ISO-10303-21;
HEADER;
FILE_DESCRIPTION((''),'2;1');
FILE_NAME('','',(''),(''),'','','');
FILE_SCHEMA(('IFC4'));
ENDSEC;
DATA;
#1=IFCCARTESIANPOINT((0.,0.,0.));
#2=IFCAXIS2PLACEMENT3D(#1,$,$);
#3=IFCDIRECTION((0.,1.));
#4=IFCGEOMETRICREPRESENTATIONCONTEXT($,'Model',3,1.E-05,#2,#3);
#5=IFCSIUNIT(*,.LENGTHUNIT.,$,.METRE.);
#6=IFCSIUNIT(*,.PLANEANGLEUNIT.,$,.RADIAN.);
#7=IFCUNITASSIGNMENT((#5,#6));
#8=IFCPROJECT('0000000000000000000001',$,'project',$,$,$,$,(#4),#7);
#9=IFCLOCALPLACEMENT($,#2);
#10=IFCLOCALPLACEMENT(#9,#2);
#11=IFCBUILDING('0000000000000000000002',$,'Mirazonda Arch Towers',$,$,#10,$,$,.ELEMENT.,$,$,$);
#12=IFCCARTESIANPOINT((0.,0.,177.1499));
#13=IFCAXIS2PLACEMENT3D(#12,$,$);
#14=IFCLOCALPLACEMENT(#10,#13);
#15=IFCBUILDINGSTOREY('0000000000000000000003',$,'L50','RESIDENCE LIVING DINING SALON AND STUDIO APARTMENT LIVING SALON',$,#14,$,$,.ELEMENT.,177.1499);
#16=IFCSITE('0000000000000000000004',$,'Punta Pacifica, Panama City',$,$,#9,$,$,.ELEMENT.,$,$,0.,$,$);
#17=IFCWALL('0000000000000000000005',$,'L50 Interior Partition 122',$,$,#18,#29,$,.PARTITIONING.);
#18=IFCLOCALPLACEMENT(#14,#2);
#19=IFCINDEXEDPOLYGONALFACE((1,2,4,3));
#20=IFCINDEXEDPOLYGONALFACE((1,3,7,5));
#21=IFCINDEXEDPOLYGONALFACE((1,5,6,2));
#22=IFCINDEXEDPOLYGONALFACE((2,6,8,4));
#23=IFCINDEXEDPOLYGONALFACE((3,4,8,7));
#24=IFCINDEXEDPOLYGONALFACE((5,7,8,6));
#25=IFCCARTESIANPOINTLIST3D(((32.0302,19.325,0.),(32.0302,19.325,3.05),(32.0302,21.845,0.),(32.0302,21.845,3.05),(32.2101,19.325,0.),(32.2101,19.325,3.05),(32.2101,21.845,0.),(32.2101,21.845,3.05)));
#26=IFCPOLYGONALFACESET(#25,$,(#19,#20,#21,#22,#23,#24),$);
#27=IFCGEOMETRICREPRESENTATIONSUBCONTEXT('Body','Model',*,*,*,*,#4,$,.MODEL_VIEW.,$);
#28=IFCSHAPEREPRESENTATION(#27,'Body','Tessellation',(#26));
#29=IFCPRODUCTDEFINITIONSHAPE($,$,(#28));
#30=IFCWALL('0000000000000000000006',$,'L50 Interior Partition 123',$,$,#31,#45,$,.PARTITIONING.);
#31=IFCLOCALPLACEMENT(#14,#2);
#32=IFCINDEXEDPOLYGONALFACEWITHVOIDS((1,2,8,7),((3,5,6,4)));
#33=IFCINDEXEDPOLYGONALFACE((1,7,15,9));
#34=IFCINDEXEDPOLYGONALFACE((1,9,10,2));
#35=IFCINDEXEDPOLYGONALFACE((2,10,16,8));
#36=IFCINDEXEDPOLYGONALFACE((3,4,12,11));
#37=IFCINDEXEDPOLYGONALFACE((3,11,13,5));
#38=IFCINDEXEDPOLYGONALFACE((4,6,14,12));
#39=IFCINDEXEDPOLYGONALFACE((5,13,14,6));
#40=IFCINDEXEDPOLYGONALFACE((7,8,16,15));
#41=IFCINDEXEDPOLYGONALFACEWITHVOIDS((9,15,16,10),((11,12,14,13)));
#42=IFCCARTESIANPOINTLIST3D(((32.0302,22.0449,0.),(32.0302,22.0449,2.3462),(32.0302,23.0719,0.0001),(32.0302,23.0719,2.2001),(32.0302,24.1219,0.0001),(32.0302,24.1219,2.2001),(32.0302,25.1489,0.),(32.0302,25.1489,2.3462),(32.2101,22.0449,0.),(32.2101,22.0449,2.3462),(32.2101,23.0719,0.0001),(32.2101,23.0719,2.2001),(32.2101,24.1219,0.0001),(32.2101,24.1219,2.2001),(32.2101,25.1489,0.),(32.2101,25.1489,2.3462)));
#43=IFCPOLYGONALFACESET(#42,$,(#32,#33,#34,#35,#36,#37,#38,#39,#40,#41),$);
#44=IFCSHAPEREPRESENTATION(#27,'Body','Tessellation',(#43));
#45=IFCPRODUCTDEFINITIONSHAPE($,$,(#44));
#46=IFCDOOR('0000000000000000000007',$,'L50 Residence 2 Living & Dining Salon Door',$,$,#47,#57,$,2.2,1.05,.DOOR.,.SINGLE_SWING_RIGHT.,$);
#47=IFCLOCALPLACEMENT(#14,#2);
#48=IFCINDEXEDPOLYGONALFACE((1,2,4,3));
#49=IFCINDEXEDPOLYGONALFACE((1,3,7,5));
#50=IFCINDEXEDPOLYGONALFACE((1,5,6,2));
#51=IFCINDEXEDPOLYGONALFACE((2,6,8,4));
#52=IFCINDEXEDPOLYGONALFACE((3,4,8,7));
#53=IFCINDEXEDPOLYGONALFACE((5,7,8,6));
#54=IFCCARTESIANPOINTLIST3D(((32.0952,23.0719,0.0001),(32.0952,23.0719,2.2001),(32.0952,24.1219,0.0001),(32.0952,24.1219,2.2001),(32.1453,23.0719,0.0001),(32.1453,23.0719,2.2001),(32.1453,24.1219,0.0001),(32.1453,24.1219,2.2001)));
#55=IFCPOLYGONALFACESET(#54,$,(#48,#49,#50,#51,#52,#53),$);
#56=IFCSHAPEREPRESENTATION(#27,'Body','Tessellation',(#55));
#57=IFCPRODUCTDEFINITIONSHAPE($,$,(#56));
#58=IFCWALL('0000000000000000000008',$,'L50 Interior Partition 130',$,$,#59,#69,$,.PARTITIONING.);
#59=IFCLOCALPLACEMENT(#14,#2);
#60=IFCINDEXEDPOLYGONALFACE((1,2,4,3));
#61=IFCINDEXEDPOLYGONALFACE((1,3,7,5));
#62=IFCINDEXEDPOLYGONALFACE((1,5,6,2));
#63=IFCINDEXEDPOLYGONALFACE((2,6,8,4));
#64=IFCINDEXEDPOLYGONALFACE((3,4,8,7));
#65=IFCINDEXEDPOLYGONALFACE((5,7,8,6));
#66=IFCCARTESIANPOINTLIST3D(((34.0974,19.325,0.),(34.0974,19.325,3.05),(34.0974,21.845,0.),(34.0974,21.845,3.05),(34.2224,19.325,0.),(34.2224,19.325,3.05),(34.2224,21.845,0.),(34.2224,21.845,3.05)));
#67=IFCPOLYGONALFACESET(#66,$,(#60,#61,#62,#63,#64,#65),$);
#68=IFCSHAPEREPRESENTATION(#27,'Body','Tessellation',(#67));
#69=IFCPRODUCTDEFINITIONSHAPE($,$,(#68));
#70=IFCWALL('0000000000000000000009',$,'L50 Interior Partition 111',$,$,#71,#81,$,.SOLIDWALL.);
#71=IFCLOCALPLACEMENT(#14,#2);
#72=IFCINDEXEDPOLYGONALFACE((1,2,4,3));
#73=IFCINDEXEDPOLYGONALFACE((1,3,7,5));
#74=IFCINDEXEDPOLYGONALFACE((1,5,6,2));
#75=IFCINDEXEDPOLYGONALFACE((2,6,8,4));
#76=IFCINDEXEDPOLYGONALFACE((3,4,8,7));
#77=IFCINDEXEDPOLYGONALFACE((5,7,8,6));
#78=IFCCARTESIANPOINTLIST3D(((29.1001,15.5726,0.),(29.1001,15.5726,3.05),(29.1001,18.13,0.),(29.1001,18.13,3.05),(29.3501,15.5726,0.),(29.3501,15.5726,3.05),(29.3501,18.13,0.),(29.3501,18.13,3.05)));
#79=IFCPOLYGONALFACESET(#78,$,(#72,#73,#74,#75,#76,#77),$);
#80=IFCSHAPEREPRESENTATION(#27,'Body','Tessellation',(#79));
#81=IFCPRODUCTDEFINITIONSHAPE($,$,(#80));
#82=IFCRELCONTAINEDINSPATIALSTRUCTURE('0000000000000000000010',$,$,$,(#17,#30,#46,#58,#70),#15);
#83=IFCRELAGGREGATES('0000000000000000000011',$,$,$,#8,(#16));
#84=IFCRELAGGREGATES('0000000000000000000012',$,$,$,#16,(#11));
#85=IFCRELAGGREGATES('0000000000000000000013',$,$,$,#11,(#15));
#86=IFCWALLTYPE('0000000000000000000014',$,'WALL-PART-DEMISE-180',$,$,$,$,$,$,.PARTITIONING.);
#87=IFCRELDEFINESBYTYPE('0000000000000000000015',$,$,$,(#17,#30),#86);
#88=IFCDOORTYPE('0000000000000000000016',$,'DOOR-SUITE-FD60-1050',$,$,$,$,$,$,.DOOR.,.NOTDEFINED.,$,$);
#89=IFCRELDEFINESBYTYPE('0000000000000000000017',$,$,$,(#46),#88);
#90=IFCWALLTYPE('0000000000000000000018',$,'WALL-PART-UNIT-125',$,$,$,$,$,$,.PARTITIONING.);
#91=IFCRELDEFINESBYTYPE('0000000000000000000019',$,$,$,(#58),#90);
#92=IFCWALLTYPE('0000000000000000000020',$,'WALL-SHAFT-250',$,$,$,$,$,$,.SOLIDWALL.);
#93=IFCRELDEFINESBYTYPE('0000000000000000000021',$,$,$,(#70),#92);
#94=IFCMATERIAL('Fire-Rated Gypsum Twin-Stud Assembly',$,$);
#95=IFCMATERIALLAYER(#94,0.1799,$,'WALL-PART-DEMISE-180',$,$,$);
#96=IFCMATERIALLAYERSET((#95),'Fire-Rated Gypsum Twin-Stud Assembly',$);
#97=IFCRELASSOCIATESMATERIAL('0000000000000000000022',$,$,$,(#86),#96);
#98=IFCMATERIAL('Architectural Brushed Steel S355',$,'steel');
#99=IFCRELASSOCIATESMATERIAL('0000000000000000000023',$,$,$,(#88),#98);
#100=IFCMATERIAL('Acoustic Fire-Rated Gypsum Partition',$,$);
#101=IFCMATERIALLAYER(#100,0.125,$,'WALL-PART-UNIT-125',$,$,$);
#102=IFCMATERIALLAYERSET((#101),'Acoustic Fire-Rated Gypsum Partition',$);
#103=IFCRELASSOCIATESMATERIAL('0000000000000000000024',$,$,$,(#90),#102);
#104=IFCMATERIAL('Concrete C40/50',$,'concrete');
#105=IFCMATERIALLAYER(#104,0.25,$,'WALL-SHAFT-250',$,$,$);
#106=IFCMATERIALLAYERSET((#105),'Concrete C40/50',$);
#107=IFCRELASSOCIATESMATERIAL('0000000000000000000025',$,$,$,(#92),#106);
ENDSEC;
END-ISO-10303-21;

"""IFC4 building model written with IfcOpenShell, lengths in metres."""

from ifc_helpers import new_model, si_unit, direction, frame, frame_2d, origin, place, context, subcontext, project, spatial, rectangle, extrude, material, layer, layer_set, type_object, element, fill, save


model = new_model("IFC4")

# Units and contexts
model_context = context("Model", 3, precision=1e-05, world=origin(), true_north=direction((0.0, 1.0)))
body_context = subcontext(model_context, "Body", "Model", "MODEL_VIEW")
ifc_project = project(units=[si_unit("LENGTHUNIT", "METRE"), si_unit("PLANEANGLEUNIT", "RADIAN")], contexts=[model_context])

# Site, building, storey
site_placement = place(None, origin())
site = spatial("IfcSite", under=ifc_project, at=site_placement, Name="Punta Pacifica, Panama City", CompositionType="ELEMENT", RefElevation=0.0)
building_placement = place(site_placement, origin())
building = spatial("IfcBuilding", under=site, at=building_placement, Name="Mirazonda Arch Towers", CompositionType="ELEMENT")
storey_placement = place(building_placement, frame((0.0, 0.0, 177.1499)))
storey = spatial("IfcBuildingStorey", under=building, at=storey_placement, Name="L50", Description="RESIDENCE LIVING DINING SALON AND STUDIO APARTMENT LIVING SALON", CompositionType="ELEMENT", Elevation=177.1499)

# Shared definitions
ifc_material_1 = material(Name="Fire-Rated Gypsum Twin-Stud Assembly")
ifc_layer_1 = layer(ifc_material_1, 0.1799, Name="WALL-PART-DEMISE-180")
ifc_layer_set_1 = layer_set([ifc_layer_1], Name="Fire-Rated Gypsum Twin-Stud Assembly")
wall_type_1 = type_object("IfcWallType", Name="WALL-PART-DEMISE-180", PredefinedType="PARTITIONING", material=ifc_layer_set_1)
ifc_material_2 = material(Name="Architectural Brushed Steel S355", Category="steel")

# Wall
wall_1_placement = place(storey_placement, frame((32.1201, 19.325, 0.0), z_axis=(0.0, 0.0, 1.0), x_axis=(0.0, 1.0, 0.0)))
element("IfcWall", 1, at=wall_1_placement, inside=storey, type_object=wall_type_1, Name="L50 Interior Partition 122", PredefinedType="PARTITIONING", context=body_context, shape_type="SweptSolid", body=[
    extrude(rectangle(XDim=2.52, YDim=0.1799, at=frame_2d((1.26, 0.0))), origin(), (0.0, 0.0, 1.0), 3.05),
])

# Wall, opening, door
wall_2_placement = place(storey_placement, frame((32.1201, 22.0449, 0.0), z_axis=(0.0, 0.0, 1.0), x_axis=(0.0, 1.0, 0.0)))
wall_2 = element("IfcWall", 2, at=wall_2_placement, inside=storey, type_object=wall_type_1, Name="L50 Interior Partition 123", PredefinedType="PARTITIONING", context=body_context, shape_type="SweptSolid", body=[
    extrude(rectangle(XDim=3.104, YDim=0.1799, at=frame_2d((1.552, 0.0))), origin(), (0.0, 0.0, 1.0), 2.3462),
])
opening_1_placement = place(wall_2_placement, frame((1.0271, 0.0, 0.0)))
opening_1 = element("IfcOpeningElement", 3, at=opening_1_placement, cuts=wall_2, PredefinedType="OPENING", context=body_context, shape_type="SweptSolid", body=[
    extrude(rectangle(XDim=1.05, YDim=2.2, at=frame_2d((0.5249, 1.1001))), frame((0.0, 0.0999, 0.0), z_axis=(0.0, -1.0, 0.0), x_axis=(1.0, 0.0, 0.0)), (0.0, 0.0, 1.0), 0.2),
])
door_type_1 = type_object("IfcDoorType", Name="DOOR-SUITE-FD60-1050", OperationType="NOTDEFINED", PredefinedType="DOOR", material=ifc_material_2)
door_1_placement = place(opening_1_placement, origin())
door_1 = element("IfcDoor", 4, at=door_1_placement, inside=storey, type_object=door_type_1, Name="L50 Residence 2 Living & Dining Salon Door", OperationType="SINGLE_SWING_RIGHT", OverallHeight=2.2, OverallWidth=1.05, PredefinedType="DOOR", context=body_context, shape_type="SweptSolid", body=[
    extrude(rectangle(XDim=1.05, YDim=2.2, at=frame_2d((0.5249, 1.1001))), frame((0.0, 0.0249, 0.0), z_axis=(0.0, -1.0, 0.0), x_axis=(1.0, 0.0, 0.0)), (0.0, 0.0, 1.0), 0.05),
])
fill(opening_1, door_1)

# Walls
ifc_material_3 = material(Name="Acoustic Fire-Rated Gypsum Partition")
ifc_layer_2 = layer(ifc_material_3, 0.125, Name="WALL-PART-UNIT-125")
ifc_layer_set_2 = layer_set([ifc_layer_2], Name="Acoustic Fire-Rated Gypsum Partition")
wall_type_2 = type_object("IfcWallType", Name="WALL-PART-UNIT-125", PredefinedType="PARTITIONING", material=ifc_layer_set_2)
wall_3_placement = place(storey_placement, frame((34.1599, 19.325, 0.0), z_axis=(0.0, 0.0, 1.0), x_axis=(0.0, 1.0, 0.0)))
element("IfcWall", 5, at=wall_3_placement, inside=storey, type_object=wall_type_2, Name="L50 Interior Partition 130", PredefinedType="PARTITIONING", context=body_context, shape_type="SweptSolid", body=[
    extrude(rectangle(XDim=2.52, YDim=0.125, at=frame_2d((1.26, 0.0))), origin(), (0.0, 0.0, 1.0), 3.05),
])
ifc_material_4 = material(Name="Concrete C40/50", Category="concrete")
ifc_layer_3 = layer(ifc_material_4, 0.25, Name="WALL-SHAFT-250")
ifc_layer_set_3 = layer_set([ifc_layer_3], Name="Concrete C40/50")
wall_type_3 = type_object("IfcWallType", Name="WALL-SHAFT-250", PredefinedType="SOLIDWALL", material=ifc_layer_set_3)
wall_4_placement = place(storey_placement, frame((29.2251, 15.5725, 0.0), z_axis=(0.0, 0.0, 1.0), x_axis=(0.0, 1.0, 0.0)))
element("IfcWall", 6, at=wall_4_placement, inside=storey, type_object=wall_type_3, Name="L50 Interior Partition 111", PredefinedType="SOLIDWALL", context=body_context, shape_type="SweptSolid", body=[
    extrude(rectangle(XDim=2.5574, YDim=0.25, at=frame_2d((1.2788, 0.0))), origin(), (0.0, 0.0, 1.0), 3.05),
])

save(model, "model.ifc")
